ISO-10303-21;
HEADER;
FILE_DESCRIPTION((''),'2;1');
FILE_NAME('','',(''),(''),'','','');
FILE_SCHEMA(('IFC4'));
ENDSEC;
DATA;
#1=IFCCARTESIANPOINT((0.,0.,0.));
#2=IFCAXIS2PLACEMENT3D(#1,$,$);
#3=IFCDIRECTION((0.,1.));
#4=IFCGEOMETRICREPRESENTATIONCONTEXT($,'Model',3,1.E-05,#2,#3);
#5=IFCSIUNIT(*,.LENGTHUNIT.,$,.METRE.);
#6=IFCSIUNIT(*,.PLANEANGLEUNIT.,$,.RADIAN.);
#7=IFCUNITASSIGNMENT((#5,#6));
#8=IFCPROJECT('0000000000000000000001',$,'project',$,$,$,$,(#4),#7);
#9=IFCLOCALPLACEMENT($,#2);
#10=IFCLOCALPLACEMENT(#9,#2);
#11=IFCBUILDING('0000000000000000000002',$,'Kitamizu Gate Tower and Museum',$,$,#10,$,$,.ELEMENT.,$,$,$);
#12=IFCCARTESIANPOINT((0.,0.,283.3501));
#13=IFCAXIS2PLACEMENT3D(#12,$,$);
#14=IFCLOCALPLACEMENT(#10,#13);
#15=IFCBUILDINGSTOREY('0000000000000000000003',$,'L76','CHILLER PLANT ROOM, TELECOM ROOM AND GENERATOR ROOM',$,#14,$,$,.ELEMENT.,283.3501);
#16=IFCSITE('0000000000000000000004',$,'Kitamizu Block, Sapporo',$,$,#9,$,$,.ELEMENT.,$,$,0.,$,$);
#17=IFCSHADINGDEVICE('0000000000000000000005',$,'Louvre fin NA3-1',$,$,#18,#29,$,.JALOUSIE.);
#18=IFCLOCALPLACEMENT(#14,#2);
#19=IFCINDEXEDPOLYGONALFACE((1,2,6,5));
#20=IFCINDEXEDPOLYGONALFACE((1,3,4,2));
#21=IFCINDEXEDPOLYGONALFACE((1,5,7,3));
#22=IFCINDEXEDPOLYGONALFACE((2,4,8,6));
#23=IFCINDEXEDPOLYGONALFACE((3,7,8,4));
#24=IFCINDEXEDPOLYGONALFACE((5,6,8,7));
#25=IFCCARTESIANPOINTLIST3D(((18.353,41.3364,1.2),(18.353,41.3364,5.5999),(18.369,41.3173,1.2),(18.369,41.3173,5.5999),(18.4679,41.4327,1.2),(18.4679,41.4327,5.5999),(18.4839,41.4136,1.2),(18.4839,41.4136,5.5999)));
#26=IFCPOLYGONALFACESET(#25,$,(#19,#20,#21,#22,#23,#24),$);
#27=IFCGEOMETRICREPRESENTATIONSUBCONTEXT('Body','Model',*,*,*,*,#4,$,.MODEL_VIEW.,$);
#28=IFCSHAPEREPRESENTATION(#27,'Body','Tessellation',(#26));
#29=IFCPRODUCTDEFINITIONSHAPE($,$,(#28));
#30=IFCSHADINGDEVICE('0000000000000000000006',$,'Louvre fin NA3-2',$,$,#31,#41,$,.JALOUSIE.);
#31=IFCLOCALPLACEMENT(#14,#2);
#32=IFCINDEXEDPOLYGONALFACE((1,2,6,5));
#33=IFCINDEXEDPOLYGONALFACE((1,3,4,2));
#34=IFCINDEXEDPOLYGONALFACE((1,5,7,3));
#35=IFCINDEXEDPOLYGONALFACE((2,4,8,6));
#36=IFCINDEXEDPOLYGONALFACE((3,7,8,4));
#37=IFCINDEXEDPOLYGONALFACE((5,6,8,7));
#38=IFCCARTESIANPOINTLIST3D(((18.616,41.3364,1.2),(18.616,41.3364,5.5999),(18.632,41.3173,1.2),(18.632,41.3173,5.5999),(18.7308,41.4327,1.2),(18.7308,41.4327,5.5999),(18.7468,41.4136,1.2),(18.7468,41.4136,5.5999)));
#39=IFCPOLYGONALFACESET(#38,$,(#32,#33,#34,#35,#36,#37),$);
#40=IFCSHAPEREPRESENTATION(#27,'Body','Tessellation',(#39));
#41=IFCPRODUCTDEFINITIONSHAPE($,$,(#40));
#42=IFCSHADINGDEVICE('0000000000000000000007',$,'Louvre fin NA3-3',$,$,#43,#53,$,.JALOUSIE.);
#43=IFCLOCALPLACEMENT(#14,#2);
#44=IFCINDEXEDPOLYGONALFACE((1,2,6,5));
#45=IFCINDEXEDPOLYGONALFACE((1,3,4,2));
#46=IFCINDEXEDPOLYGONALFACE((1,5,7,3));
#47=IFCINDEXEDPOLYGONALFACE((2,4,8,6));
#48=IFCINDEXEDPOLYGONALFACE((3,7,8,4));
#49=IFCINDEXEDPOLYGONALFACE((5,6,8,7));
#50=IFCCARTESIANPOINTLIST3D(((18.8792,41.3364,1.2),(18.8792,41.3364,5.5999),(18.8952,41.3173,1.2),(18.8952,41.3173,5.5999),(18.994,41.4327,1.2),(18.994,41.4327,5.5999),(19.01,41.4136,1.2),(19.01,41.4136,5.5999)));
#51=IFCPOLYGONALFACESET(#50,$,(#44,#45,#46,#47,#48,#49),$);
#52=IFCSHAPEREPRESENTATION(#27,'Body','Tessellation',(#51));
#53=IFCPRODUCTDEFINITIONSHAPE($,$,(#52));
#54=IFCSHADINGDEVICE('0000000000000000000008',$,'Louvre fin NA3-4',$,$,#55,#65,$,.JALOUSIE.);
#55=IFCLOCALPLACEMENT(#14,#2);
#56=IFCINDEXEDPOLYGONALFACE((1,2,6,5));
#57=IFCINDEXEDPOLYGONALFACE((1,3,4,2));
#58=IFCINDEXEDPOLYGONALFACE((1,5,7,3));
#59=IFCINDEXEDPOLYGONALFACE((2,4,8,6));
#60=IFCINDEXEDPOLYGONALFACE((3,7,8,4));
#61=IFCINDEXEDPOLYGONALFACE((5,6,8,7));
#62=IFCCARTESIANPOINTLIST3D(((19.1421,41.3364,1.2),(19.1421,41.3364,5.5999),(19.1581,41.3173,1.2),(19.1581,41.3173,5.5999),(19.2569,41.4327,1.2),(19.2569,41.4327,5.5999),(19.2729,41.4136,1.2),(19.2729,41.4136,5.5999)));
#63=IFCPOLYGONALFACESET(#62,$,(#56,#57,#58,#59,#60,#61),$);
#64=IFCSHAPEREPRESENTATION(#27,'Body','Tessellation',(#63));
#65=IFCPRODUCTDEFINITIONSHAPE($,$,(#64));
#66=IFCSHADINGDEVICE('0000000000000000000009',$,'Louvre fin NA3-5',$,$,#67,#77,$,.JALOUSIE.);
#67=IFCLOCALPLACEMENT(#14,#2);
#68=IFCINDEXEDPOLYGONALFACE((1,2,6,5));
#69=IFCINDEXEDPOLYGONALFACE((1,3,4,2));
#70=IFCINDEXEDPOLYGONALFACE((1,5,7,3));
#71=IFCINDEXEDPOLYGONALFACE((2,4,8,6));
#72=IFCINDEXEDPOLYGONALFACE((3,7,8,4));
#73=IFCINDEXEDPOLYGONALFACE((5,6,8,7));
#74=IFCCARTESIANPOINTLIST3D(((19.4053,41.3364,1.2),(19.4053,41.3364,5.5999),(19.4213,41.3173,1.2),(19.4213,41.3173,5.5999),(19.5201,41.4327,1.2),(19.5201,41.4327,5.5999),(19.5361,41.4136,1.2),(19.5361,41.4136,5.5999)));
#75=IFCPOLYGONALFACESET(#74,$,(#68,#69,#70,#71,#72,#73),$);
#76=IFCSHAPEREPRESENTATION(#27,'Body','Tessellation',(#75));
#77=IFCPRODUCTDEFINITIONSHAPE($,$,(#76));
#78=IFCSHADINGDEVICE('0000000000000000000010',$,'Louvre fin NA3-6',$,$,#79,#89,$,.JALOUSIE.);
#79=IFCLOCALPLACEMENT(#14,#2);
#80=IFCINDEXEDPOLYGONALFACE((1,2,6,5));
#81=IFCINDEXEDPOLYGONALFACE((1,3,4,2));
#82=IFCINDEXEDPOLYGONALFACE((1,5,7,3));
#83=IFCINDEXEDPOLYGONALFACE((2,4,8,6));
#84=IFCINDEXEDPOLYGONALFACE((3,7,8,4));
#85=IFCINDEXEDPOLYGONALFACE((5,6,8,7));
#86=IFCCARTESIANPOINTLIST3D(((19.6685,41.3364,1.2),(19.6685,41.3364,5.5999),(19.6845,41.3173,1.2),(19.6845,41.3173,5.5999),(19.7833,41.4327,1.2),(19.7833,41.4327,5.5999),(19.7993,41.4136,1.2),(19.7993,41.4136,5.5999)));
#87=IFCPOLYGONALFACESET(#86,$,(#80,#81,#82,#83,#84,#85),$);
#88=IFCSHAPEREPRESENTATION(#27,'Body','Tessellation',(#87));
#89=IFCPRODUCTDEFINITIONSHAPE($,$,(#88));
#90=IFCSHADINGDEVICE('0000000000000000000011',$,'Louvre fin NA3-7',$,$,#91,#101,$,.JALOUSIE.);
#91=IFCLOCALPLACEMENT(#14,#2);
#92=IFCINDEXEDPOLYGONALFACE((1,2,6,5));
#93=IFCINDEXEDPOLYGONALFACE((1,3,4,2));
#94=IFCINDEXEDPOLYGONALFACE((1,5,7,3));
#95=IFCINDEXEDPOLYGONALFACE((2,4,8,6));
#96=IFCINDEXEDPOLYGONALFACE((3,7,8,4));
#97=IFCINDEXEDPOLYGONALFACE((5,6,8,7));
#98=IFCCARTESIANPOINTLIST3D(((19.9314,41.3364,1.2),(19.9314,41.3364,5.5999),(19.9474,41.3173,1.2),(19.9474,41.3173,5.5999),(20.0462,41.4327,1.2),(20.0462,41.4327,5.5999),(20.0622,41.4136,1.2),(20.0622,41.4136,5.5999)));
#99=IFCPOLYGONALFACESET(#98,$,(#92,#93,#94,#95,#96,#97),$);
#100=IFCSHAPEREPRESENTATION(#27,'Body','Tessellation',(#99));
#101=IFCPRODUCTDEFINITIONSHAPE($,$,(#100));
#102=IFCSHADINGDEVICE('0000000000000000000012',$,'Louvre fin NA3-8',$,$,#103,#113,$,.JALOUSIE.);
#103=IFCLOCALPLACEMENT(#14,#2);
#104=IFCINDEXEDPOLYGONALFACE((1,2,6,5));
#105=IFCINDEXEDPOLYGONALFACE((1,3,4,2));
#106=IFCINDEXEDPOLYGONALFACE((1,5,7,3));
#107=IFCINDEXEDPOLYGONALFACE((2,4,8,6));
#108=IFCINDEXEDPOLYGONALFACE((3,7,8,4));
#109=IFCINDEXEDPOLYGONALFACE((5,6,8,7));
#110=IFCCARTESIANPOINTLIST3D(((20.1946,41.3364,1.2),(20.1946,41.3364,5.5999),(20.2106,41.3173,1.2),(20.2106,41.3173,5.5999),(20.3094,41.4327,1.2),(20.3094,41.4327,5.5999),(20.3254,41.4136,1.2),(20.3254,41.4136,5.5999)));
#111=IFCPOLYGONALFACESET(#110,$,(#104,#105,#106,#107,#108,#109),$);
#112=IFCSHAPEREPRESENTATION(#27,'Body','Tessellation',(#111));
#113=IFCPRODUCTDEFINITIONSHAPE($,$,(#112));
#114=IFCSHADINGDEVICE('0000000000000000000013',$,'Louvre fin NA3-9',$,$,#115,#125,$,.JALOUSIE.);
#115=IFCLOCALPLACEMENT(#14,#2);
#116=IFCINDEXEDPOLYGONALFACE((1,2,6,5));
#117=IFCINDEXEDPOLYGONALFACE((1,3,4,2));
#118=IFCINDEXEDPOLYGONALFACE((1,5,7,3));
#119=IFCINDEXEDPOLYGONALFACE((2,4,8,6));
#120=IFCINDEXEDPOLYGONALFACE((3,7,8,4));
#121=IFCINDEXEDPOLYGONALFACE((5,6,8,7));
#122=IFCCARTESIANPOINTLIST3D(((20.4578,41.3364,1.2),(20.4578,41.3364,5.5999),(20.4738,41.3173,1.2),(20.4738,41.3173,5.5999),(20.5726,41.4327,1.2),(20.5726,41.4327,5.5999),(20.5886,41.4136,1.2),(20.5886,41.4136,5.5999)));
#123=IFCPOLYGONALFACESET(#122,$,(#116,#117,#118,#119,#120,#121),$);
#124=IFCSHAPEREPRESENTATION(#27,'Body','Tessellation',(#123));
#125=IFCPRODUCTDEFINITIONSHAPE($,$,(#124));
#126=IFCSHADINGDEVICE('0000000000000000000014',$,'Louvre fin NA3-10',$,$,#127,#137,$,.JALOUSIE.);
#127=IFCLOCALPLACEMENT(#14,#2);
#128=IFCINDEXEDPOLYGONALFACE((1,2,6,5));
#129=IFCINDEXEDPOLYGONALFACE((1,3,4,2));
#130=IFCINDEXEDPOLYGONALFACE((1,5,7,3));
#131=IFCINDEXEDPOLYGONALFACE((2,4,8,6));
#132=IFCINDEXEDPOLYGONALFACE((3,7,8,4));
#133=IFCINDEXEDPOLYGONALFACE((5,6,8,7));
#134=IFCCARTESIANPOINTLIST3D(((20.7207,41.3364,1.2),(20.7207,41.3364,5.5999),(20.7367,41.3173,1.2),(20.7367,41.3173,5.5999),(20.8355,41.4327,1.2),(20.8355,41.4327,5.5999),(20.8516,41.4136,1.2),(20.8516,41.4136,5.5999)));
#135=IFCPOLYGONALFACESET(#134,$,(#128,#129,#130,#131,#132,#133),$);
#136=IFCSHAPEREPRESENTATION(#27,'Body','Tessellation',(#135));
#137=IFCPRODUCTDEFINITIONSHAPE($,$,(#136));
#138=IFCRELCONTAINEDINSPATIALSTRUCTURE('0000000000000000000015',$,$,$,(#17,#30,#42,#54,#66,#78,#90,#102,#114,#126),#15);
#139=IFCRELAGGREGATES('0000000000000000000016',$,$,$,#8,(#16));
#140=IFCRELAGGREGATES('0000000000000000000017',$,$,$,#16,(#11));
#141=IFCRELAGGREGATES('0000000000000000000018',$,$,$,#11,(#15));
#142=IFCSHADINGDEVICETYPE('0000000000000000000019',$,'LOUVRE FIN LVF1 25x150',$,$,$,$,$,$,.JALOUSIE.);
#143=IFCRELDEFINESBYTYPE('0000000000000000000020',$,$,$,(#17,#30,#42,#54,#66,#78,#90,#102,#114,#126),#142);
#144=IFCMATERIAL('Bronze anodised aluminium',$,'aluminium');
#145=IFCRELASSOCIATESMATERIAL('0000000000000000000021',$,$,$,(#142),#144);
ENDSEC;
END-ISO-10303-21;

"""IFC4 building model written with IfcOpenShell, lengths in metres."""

from ifc_helpers import new_model, si_unit, direction, frame, origin, origin_2d, place, context, subcontext, project, spatial, rectangle, extrude, material, material_profile, profile_set, type_object, element, save


model = new_model("IFC4")

# Units and contexts
model_context = context("Model", 3, precision=1e-05, world=origin(), true_north=direction((0.0, 1.0)))
body_context = subcontext(model_context, "Body", "Model", "MODEL_VIEW")
ifc_project = project(units=[si_unit("LENGTHUNIT", "METRE"), si_unit("PLANEANGLEUNIT", "RADIAN")], contexts=[model_context])

# Site, building, storey
site_placement = place(None, origin())
site = spatial("IfcSite", under=ifc_project, at=site_placement, Name="Kitamizu Block, Sapporo", CompositionType="ELEMENT", RefElevation=0.0)
building_placement = place(site_placement, origin())
building = spatial("IfcBuilding", under=site, at=building_placement, Name="Kitamizu Gate Tower and Museum", CompositionType="ELEMENT")
storey_placement = place(building_placement, frame((0.0, 0.0, 283.3501)))
storey = spatial("IfcBuildingStorey", under=building, at=storey_placement, Name="L76", Description="CHILLER PLANT ROOM, TELECOM ROOM AND GENERATOR ROOM", CompositionType="ELEMENT", Elevation=283.3501)

# Shading devices
ifc_material_1 = material(Name="Bronze anodised aluminium", Category="aluminium")
ifc_material_profile_1 = material_profile(ifc_material_1, rectangle(XDim=0.1499, YDim=0.0249, at=origin_2d()), Name="AL 25x150")
ifc_profile_set_1 = profile_set([ifc_material_profile_1], Name="Bronze anodised aluminium")
shading_device_type = type_object("IfcShadingDeviceType", Name="LOUVRE FIN LVF1 25x150", PredefinedType="JALOUSIE", material=ifc_profile_set_1)
for number, where, z_axis, x_axis, name in (
    (1, (18.4185, 41.375, 1.2), (0.0, 0.0, 1.0), (0.766044, 0.642788, 0.0), "Louvre fin NA3-1"),
    (2, (18.6814, 41.375, 1.2), (0.0, 0.0, 1.0), (0.766044, 0.642788, 0.0), "Louvre fin NA3-2"),
    (3, (18.9446, 41.375, 1.2), (0.0, 0.0, 1.0), (0.766044, 0.642788, 0.0), "Louvre fin NA3-3"),
    (4, (19.2075, 41.375, 1.2), (0.0, 0.0, 1.0), (0.766044, 0.642788, 0.0), "Louvre fin NA3-4"),
    (5, (19.4707, 41.375, 1.2), (0.0, 0.0, 1.0), (0.766044, 0.642788, 0.0), "Louvre fin NA3-5"),
    (6, (19.7339, 41.375, 1.2), (0.0, 0.0, 1.0), (0.766044, 0.642788, 0.0), "Louvre fin NA3-6"),
    (7, (19.9968, 41.375, 1.2), (0.0, 0.0, 1.0), (0.766044, 0.642788, 0.0), "Louvre fin NA3-7"),
    (8, (20.26, 41.375, 1.2), (0.0, 0.0, 1.0), (0.766044, 0.642788, 0.0), "Louvre fin NA3-8"),
    (9, (20.5232, 41.375, 1.2), (0.0, 0.0, 1.0), (0.766044, 0.642788, 0.0), "Louvre fin NA3-9"),
    (10, (20.7861, 41.375, 1.2), (0.0, 0.0, 1.0), (0.766044, 0.642788, 0.0), "Louvre fin NA3-10"),
):
    element("IfcShadingDevice", number, at=place(storey_placement, frame(where, z_axis=z_axis, x_axis=x_axis)), inside=storey, type_object=shading_device_type, Name=name, PredefinedType="JALOUSIE", context=body_context, shape_type="SweptSolid", body=[
        extrude(rectangle(XDim=0.1499, YDim=0.0249, at=origin_2d()), origin(), (0.0, 0.0, 1.0), 4.3999),
    ])

save(model, "model.ifc")
